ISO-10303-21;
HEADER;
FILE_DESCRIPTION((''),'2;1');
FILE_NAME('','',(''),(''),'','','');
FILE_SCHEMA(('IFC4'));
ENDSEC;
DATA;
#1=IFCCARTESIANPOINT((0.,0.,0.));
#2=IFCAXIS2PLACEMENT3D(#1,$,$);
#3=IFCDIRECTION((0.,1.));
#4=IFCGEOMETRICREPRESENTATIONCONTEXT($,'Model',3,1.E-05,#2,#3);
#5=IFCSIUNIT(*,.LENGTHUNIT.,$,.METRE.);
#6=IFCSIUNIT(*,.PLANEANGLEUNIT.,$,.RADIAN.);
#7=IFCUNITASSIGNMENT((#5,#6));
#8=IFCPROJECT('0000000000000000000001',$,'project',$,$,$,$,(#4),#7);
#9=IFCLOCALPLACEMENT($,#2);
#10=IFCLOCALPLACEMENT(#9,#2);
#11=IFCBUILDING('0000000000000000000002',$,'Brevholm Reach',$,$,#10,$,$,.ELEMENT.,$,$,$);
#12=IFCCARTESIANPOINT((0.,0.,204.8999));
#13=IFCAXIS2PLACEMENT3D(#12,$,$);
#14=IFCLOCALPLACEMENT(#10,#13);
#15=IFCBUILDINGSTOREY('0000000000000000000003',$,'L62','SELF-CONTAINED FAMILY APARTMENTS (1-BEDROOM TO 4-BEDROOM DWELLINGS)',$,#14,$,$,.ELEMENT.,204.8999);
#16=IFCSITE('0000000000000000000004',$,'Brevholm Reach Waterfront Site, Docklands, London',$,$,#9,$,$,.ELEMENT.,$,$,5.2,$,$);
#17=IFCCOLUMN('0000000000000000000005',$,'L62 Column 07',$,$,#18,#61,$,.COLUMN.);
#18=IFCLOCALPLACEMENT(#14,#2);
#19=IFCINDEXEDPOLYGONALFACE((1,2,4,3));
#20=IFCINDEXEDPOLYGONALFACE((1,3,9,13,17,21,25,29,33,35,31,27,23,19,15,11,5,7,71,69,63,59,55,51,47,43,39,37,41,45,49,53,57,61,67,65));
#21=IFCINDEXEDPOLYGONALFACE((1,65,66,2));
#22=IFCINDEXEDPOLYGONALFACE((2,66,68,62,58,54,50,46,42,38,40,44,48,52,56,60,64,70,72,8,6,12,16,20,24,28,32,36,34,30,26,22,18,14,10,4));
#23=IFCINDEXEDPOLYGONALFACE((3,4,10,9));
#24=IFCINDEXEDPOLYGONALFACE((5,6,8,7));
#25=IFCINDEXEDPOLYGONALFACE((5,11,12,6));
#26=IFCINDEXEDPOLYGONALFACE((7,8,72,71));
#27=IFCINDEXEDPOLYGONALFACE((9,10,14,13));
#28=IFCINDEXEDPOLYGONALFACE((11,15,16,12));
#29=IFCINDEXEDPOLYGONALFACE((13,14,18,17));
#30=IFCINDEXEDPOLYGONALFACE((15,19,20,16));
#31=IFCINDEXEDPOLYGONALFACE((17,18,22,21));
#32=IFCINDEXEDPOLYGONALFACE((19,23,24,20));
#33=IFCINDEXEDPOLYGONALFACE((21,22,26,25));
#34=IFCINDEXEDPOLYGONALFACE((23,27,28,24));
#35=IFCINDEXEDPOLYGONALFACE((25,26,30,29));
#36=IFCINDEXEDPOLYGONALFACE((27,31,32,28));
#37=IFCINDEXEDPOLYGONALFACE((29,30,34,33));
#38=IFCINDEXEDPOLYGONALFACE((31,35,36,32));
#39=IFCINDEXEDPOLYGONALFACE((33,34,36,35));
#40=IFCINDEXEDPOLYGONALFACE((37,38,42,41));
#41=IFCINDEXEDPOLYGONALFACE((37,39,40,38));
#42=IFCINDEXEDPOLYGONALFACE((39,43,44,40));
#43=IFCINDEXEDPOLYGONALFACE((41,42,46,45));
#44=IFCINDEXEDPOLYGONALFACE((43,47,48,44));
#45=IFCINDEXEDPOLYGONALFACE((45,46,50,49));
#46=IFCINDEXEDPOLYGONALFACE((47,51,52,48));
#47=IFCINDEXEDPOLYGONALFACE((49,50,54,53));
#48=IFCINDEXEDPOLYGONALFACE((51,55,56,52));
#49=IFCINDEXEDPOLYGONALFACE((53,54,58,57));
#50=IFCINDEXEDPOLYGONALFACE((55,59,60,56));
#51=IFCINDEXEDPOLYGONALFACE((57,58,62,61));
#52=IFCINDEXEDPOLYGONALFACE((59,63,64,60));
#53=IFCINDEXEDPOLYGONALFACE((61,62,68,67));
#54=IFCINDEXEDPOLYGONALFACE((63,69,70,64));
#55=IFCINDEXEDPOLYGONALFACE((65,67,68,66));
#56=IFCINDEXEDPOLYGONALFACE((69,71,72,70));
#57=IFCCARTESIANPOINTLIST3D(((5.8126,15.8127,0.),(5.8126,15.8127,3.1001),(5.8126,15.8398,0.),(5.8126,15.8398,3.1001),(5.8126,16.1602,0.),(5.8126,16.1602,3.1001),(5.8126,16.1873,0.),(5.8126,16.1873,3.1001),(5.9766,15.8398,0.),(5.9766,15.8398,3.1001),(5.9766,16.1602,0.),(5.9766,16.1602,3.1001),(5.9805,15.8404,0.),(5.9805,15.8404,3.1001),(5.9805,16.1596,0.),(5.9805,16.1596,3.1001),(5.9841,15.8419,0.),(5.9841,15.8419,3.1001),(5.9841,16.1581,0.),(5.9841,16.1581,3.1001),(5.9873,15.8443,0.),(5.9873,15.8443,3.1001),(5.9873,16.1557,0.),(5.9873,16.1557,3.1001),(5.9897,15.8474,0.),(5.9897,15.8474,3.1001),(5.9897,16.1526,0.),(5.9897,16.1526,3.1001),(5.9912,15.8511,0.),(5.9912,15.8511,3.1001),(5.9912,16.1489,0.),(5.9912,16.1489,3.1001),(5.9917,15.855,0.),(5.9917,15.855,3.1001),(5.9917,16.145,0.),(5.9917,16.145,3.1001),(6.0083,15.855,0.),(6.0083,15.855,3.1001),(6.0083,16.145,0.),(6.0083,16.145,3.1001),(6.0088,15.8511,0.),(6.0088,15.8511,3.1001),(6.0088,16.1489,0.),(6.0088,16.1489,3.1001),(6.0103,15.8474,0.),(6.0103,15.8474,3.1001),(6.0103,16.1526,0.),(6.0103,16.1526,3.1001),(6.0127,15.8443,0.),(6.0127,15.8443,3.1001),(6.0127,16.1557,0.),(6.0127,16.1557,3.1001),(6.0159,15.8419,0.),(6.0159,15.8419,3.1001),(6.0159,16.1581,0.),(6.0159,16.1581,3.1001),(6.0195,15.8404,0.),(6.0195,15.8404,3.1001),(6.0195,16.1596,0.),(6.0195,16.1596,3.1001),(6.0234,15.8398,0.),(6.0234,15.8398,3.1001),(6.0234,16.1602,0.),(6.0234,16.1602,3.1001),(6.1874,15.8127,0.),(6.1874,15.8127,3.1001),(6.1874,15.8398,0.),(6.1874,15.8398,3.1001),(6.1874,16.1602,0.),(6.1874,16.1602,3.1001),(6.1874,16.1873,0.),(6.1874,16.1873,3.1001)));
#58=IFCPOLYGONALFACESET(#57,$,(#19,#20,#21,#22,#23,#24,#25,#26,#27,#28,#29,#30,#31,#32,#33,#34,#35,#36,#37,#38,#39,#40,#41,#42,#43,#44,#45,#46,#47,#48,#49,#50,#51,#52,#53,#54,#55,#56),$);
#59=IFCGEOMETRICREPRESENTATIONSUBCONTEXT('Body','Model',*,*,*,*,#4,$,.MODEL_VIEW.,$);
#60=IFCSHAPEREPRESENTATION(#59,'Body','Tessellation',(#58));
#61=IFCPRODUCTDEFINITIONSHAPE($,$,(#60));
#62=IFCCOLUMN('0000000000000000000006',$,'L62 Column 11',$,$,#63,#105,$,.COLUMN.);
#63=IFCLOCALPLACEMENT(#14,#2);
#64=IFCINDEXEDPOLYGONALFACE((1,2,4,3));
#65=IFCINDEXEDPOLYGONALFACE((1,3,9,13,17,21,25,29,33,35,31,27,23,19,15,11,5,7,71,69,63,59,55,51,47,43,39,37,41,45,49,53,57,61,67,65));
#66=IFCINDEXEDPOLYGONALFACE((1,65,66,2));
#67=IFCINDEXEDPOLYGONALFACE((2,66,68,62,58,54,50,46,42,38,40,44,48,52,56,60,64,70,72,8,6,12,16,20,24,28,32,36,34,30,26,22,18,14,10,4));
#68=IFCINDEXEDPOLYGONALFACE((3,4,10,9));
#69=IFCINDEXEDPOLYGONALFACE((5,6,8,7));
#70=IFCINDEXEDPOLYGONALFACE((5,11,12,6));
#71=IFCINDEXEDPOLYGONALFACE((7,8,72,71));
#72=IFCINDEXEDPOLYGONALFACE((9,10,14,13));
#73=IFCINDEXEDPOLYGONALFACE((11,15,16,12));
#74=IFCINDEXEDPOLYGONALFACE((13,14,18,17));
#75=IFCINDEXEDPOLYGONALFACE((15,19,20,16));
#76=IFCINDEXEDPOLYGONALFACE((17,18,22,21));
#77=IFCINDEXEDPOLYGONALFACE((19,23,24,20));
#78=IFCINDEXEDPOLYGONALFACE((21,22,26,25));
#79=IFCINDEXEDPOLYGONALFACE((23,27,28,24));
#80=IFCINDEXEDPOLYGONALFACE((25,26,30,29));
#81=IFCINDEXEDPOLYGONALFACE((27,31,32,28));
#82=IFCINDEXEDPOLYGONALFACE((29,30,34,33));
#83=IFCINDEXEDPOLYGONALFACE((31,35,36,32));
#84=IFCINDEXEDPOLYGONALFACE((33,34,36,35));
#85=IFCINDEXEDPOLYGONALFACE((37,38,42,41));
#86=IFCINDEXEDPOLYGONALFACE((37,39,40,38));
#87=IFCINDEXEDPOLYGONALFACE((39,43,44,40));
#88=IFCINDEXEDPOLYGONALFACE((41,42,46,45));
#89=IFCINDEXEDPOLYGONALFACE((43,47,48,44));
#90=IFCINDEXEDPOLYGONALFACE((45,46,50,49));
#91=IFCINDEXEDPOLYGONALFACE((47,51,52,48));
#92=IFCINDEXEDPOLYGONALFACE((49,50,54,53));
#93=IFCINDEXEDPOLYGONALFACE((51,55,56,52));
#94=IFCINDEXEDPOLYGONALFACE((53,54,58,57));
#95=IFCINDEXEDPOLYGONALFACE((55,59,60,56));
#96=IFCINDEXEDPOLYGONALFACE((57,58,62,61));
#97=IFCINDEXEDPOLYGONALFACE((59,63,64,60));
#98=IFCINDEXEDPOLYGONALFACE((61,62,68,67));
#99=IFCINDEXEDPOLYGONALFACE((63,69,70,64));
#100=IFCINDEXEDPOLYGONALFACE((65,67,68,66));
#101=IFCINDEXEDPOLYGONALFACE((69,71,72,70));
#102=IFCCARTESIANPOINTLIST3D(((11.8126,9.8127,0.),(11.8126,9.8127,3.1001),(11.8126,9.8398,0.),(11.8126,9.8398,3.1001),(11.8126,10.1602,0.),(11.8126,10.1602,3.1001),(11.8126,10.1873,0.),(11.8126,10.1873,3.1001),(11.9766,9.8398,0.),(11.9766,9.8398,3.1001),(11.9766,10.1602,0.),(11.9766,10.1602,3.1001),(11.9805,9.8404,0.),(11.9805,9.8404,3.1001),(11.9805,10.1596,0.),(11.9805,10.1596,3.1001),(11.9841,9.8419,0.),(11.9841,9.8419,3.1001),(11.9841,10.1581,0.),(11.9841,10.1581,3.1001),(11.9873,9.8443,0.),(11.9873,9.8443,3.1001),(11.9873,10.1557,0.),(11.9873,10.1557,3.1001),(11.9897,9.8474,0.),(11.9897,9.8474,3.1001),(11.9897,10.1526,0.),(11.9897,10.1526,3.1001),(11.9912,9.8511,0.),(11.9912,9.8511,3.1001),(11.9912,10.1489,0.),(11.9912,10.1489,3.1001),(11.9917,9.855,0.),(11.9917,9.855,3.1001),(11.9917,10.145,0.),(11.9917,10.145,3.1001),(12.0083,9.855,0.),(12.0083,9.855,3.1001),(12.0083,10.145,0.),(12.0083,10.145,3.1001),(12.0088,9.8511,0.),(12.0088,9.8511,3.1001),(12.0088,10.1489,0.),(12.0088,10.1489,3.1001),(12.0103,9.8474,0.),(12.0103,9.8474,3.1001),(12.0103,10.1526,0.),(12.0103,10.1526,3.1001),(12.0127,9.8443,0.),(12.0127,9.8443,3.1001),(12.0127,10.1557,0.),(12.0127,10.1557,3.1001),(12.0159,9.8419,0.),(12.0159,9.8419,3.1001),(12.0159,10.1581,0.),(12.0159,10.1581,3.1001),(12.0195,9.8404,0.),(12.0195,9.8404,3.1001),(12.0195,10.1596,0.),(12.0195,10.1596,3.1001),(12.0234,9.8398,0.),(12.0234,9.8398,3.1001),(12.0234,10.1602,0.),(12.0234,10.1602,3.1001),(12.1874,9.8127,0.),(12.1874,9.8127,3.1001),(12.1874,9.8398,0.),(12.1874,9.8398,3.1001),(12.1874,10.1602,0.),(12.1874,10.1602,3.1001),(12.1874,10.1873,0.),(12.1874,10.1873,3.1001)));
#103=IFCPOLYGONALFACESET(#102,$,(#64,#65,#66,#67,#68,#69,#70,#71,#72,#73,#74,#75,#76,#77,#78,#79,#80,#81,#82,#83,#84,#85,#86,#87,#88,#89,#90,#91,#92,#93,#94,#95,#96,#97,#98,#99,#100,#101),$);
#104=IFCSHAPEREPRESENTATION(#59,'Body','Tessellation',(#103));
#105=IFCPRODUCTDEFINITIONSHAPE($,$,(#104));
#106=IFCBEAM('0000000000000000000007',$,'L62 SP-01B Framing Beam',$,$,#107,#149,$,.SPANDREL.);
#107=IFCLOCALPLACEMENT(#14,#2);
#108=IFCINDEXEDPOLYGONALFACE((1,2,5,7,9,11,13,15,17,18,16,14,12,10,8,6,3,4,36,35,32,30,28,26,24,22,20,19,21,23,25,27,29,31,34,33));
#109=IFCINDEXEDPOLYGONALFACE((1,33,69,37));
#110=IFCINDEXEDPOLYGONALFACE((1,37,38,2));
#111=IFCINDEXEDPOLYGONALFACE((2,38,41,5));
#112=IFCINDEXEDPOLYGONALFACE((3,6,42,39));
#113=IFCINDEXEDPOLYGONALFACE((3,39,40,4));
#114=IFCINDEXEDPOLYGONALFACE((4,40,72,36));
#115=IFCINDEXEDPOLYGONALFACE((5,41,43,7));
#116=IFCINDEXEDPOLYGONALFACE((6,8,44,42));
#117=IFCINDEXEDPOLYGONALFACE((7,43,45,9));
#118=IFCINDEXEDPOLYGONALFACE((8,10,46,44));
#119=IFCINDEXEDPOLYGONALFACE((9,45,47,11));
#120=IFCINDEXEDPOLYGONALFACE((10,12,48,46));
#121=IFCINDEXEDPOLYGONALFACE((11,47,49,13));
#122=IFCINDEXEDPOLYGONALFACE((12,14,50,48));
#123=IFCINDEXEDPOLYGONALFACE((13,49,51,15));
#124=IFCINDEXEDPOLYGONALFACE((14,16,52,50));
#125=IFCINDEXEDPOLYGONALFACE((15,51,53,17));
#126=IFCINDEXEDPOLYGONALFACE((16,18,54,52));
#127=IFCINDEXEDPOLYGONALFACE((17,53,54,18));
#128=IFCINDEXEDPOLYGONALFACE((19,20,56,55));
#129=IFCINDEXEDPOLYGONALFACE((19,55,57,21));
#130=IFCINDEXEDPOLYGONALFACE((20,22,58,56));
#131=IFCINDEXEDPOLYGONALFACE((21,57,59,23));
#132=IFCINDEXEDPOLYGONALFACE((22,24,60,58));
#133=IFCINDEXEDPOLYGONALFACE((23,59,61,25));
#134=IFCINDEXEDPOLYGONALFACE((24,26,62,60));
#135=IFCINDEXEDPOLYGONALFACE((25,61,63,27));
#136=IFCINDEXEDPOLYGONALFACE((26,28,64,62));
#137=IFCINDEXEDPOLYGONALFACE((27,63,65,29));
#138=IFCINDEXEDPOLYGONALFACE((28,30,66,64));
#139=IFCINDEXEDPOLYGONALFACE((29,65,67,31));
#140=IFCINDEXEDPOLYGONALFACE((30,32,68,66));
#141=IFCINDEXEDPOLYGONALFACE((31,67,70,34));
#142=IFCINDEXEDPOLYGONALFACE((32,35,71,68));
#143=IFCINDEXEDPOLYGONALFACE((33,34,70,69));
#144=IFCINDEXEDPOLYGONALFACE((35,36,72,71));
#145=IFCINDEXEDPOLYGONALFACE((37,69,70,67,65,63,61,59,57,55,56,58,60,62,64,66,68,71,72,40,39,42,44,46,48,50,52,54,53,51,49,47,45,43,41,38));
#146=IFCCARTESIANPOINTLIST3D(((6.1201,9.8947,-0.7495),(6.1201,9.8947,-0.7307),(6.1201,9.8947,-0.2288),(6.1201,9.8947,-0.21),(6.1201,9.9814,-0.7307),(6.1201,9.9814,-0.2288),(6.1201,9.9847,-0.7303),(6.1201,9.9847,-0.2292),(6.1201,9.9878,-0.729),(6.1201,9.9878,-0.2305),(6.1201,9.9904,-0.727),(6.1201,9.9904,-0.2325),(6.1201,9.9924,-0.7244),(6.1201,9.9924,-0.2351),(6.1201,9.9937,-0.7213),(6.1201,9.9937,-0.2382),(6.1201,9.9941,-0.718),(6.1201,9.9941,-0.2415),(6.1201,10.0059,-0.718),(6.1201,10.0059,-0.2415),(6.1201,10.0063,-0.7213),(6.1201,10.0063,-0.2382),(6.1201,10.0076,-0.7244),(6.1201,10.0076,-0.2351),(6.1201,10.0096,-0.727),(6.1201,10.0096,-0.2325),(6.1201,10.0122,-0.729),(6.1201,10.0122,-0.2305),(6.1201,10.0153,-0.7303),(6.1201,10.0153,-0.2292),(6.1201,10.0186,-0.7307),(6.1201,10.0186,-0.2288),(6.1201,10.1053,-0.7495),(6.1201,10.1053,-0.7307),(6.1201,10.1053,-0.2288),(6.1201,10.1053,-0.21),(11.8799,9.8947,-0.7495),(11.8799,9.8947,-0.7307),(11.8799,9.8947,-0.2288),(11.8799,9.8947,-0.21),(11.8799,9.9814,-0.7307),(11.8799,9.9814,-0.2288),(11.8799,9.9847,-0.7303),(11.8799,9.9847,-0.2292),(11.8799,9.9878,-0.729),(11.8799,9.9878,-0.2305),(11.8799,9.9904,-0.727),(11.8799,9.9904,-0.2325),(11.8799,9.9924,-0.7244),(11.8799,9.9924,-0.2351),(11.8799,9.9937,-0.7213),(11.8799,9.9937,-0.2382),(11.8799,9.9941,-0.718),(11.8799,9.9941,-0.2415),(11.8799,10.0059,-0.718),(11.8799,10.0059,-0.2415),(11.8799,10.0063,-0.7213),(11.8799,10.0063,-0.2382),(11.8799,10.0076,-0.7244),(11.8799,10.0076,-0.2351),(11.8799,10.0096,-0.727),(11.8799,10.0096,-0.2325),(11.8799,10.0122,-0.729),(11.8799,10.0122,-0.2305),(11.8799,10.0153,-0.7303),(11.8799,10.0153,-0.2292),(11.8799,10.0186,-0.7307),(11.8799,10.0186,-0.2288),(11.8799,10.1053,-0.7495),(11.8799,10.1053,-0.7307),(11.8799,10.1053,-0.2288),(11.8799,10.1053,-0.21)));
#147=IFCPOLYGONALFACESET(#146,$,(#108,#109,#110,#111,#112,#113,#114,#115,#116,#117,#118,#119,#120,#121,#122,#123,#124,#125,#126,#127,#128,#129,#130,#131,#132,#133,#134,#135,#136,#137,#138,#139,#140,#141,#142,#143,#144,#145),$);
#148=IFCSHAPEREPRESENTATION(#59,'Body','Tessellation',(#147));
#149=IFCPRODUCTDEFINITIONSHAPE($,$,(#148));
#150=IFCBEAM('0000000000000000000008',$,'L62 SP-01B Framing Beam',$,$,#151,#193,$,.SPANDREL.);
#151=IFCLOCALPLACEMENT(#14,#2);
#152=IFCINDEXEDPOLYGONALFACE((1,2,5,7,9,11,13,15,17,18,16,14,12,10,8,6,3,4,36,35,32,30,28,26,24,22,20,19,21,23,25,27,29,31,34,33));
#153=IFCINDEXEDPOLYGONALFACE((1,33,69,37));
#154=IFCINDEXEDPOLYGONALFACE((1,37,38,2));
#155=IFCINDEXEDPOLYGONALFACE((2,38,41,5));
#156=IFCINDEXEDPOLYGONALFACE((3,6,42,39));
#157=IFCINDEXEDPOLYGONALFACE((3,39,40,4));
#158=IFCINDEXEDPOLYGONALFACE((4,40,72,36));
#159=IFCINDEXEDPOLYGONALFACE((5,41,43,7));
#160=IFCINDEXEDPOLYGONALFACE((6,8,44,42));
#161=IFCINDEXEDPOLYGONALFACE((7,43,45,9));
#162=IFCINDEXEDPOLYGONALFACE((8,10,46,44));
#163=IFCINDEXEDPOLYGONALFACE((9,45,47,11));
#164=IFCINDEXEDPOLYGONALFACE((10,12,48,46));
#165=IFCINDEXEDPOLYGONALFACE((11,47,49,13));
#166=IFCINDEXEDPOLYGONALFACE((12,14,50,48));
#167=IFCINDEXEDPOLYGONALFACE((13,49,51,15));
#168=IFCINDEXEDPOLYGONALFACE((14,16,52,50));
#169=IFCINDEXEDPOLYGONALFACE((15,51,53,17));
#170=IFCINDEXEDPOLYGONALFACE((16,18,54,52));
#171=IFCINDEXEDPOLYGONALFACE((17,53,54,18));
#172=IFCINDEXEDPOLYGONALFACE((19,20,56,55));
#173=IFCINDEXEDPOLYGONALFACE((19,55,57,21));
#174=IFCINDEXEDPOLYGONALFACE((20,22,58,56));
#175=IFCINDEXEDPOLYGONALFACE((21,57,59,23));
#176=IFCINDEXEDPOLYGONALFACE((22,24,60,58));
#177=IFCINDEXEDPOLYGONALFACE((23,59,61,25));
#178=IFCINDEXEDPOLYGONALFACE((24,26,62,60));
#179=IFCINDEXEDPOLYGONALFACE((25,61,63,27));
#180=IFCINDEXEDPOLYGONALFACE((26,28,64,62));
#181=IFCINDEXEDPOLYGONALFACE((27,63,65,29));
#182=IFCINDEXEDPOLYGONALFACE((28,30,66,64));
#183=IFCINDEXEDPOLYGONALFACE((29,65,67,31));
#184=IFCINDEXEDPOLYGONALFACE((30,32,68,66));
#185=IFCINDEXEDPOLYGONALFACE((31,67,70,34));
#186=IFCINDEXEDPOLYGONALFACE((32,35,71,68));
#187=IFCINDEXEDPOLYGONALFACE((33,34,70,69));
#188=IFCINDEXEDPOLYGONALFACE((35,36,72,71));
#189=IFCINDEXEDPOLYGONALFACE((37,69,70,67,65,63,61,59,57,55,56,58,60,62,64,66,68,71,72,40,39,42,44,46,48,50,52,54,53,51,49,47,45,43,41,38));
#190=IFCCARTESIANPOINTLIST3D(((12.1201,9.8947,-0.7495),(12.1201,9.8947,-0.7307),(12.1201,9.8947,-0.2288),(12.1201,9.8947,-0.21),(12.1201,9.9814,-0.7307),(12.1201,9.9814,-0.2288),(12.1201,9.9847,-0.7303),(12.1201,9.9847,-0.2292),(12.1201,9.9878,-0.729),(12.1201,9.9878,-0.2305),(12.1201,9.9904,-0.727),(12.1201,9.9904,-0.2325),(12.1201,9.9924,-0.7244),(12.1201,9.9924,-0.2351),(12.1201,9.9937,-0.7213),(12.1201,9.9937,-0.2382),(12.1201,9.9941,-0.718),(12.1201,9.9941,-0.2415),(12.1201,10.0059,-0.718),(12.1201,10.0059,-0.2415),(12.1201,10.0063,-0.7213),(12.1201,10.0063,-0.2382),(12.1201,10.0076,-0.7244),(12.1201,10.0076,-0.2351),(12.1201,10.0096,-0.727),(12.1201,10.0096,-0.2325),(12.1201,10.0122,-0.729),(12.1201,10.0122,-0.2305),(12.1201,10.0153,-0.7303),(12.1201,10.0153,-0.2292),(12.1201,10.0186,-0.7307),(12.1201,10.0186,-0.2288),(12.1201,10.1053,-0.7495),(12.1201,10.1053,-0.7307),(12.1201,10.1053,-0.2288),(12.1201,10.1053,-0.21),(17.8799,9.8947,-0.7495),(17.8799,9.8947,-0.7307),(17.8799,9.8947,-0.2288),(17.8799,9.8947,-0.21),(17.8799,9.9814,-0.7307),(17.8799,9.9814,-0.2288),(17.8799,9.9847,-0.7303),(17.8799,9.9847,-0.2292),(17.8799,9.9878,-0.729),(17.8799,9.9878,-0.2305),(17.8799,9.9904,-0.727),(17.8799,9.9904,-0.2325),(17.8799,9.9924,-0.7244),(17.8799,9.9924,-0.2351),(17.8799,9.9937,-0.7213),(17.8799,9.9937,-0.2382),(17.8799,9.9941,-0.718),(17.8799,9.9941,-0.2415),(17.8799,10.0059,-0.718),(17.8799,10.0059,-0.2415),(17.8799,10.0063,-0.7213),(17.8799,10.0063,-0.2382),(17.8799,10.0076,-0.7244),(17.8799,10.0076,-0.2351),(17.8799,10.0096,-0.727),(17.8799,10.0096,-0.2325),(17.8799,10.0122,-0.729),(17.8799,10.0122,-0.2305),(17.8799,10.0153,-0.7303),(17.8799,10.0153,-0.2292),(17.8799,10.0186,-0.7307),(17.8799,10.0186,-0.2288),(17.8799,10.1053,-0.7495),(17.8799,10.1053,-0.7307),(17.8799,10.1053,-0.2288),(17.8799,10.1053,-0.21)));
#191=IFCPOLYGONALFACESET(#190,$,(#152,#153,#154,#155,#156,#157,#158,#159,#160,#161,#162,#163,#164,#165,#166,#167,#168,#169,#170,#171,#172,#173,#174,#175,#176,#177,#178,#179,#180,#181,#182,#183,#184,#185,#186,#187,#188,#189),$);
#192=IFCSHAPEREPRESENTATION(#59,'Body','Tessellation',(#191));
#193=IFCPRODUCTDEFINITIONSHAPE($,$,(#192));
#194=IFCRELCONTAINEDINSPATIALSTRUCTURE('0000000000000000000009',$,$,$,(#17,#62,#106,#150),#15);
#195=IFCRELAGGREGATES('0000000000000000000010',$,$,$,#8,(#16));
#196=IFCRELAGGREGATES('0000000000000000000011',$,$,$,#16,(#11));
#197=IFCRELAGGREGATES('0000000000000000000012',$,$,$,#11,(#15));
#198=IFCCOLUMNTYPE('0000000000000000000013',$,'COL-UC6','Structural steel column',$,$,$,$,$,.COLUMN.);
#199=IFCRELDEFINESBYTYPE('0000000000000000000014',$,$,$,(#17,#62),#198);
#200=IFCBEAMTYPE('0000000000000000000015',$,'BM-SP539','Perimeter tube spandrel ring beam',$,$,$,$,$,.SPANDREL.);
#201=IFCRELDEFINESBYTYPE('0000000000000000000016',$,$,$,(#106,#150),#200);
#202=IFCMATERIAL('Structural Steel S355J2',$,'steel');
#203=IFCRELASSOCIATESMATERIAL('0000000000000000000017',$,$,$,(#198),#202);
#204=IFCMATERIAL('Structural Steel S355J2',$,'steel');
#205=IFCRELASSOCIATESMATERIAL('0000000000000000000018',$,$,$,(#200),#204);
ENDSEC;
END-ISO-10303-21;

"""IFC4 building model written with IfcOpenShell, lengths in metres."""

from ifc_helpers import new_model, si_unit, direction, frame, origin, origin_2d, place, context, subcontext, project, spatial, i_section, extrude, material, material_profile, profile_set, type_object, element, save


model = new_model("IFC4")

# Units and contexts
model_context = context("Model", 3, precision=1e-05, world=origin(), true_north=direction((0.0, 1.0)))
body_context = subcontext(model_context, "Body", "Model", "MODEL_VIEW")
ifc_project = project(units=[si_unit("LENGTHUNIT", "METRE"), si_unit("PLANEANGLEUNIT", "RADIAN")], contexts=[model_context])

# Site, building, storey
site_placement = place(None, origin())
site = spatial("IfcSite", under=ifc_project, at=site_placement, Name="Brevholm Reach Waterfront Site, Docklands, London", CompositionType="ELEMENT", RefElevation=5.2)
building_placement = place(site_placement, origin())
building = spatial("IfcBuilding", under=site, at=building_placement, Name="Brevholm Reach", CompositionType="ELEMENT")
storey_placement = place(building_placement, frame((0.0, 0.0, 204.8999)))
storey = spatial("IfcBuildingStorey", under=building, at=storey_placement, Name="L62", Description="SELF-CONTAINED FAMILY APARTMENTS (1-BEDROOM TO 4-BEDROOM DWELLINGS)", CompositionType="ELEMENT", Elevation=204.8999)

# Columns
ifc_material_1 = material(Name="Structural Steel S355J2", Category="steel")
ifc_material_profile_1 = material_profile(ifc_material_1, i_section(OverallWidth=0.3748, OverallDepth=0.3745, WebThickness=0.0166, FlangeThickness=0.0271, FilletRadius=0.0151, at=origin_2d()), Name="UKC 356x368x202")
ifc_profile_set_1 = profile_set([ifc_material_profile_1], Name="Structural Steel S355J2")
column_type = type_object("IfcColumnType", Name="COL-UC6", Description="Structural steel column", PredefinedType="COLUMN", material=ifc_profile_set_1)
for number, where, z_axis, x_axis, name in (
    (1, (6.0, 16.0, 0.0), (0.0, 0.0, 1.0), (1.0, 0.0, 0.0), "L62 Column 07"),
    (2, (12.0, 10.0, 0.0), (0.0, 0.0, 1.0), (1.0, 0.0, 0.0), "L62 Column 11"),
):
    element("IfcColumn", number, at=place(storey_placement, frame(where, z_axis=z_axis, x_axis=x_axis)), inside=storey, type_object=column_type, Name=name, PredefinedType="COLUMN", context=body_context, shape_type="SweptSolid", body=[
        extrude(i_section(OverallWidth=0.3748, OverallDepth=0.3745, WebThickness=0.0166, FlangeThickness=0.0271, FilletRadius=0.0151, at=origin_2d()), origin(), (0.0, 0.0, 1.0), 3.1001),
    ])

# Beams
ifc_material_2 = material(Name="Structural Steel S355J2", Category="steel")
ifc_material_profile_2 = material_profile(ifc_material_2, i_section(OverallWidth=0.2107, OverallDepth=0.5396, WebThickness=0.0117, FlangeThickness=0.0188, FilletRadius=0.0127, at=origin_2d()), Name="UKB 533x210x109")
ifc_profile_set_2 = profile_set([ifc_material_profile_2], Name="Structural Steel S355J2")
beam_type = type_object("IfcBeamType", Name="BM-SP539", Description="Perimeter tube spandrel ring beam", PredefinedType="SPANDREL", material=ifc_profile_set_2)
for number, where, z_axis, x_axis, name in (
    (3, (6.1201, 10.0, -0.4797), (1.0, 0.0, 0.0), (0.0, 1.0, 0.0), "L62 SP-01B Framing Beam"),
    (4, (12.1201, 10.0, -0.4797), (1.0, 0.0, 0.0), (0.0, 1.0, 0.0), "L62 SP-01B Framing Beam"),
):
    element("IfcBeam", number, at=place(storey_placement, frame(where, z_axis=z_axis, x_axis=x_axis)), inside=storey, type_object=beam_type, Name=name, PredefinedType="SPANDREL", context=body_context, shape_type="SweptSolid", body=[
        extrude(i_section(OverallWidth=0.2107, OverallDepth=0.5396, WebThickness=0.0117, FlangeThickness=0.0188, FilletRadius=0.0127, at=origin_2d()), origin(), (0.0, 0.0, 1.0), 5.7598),
    ])

save(model, "model.ifc")
